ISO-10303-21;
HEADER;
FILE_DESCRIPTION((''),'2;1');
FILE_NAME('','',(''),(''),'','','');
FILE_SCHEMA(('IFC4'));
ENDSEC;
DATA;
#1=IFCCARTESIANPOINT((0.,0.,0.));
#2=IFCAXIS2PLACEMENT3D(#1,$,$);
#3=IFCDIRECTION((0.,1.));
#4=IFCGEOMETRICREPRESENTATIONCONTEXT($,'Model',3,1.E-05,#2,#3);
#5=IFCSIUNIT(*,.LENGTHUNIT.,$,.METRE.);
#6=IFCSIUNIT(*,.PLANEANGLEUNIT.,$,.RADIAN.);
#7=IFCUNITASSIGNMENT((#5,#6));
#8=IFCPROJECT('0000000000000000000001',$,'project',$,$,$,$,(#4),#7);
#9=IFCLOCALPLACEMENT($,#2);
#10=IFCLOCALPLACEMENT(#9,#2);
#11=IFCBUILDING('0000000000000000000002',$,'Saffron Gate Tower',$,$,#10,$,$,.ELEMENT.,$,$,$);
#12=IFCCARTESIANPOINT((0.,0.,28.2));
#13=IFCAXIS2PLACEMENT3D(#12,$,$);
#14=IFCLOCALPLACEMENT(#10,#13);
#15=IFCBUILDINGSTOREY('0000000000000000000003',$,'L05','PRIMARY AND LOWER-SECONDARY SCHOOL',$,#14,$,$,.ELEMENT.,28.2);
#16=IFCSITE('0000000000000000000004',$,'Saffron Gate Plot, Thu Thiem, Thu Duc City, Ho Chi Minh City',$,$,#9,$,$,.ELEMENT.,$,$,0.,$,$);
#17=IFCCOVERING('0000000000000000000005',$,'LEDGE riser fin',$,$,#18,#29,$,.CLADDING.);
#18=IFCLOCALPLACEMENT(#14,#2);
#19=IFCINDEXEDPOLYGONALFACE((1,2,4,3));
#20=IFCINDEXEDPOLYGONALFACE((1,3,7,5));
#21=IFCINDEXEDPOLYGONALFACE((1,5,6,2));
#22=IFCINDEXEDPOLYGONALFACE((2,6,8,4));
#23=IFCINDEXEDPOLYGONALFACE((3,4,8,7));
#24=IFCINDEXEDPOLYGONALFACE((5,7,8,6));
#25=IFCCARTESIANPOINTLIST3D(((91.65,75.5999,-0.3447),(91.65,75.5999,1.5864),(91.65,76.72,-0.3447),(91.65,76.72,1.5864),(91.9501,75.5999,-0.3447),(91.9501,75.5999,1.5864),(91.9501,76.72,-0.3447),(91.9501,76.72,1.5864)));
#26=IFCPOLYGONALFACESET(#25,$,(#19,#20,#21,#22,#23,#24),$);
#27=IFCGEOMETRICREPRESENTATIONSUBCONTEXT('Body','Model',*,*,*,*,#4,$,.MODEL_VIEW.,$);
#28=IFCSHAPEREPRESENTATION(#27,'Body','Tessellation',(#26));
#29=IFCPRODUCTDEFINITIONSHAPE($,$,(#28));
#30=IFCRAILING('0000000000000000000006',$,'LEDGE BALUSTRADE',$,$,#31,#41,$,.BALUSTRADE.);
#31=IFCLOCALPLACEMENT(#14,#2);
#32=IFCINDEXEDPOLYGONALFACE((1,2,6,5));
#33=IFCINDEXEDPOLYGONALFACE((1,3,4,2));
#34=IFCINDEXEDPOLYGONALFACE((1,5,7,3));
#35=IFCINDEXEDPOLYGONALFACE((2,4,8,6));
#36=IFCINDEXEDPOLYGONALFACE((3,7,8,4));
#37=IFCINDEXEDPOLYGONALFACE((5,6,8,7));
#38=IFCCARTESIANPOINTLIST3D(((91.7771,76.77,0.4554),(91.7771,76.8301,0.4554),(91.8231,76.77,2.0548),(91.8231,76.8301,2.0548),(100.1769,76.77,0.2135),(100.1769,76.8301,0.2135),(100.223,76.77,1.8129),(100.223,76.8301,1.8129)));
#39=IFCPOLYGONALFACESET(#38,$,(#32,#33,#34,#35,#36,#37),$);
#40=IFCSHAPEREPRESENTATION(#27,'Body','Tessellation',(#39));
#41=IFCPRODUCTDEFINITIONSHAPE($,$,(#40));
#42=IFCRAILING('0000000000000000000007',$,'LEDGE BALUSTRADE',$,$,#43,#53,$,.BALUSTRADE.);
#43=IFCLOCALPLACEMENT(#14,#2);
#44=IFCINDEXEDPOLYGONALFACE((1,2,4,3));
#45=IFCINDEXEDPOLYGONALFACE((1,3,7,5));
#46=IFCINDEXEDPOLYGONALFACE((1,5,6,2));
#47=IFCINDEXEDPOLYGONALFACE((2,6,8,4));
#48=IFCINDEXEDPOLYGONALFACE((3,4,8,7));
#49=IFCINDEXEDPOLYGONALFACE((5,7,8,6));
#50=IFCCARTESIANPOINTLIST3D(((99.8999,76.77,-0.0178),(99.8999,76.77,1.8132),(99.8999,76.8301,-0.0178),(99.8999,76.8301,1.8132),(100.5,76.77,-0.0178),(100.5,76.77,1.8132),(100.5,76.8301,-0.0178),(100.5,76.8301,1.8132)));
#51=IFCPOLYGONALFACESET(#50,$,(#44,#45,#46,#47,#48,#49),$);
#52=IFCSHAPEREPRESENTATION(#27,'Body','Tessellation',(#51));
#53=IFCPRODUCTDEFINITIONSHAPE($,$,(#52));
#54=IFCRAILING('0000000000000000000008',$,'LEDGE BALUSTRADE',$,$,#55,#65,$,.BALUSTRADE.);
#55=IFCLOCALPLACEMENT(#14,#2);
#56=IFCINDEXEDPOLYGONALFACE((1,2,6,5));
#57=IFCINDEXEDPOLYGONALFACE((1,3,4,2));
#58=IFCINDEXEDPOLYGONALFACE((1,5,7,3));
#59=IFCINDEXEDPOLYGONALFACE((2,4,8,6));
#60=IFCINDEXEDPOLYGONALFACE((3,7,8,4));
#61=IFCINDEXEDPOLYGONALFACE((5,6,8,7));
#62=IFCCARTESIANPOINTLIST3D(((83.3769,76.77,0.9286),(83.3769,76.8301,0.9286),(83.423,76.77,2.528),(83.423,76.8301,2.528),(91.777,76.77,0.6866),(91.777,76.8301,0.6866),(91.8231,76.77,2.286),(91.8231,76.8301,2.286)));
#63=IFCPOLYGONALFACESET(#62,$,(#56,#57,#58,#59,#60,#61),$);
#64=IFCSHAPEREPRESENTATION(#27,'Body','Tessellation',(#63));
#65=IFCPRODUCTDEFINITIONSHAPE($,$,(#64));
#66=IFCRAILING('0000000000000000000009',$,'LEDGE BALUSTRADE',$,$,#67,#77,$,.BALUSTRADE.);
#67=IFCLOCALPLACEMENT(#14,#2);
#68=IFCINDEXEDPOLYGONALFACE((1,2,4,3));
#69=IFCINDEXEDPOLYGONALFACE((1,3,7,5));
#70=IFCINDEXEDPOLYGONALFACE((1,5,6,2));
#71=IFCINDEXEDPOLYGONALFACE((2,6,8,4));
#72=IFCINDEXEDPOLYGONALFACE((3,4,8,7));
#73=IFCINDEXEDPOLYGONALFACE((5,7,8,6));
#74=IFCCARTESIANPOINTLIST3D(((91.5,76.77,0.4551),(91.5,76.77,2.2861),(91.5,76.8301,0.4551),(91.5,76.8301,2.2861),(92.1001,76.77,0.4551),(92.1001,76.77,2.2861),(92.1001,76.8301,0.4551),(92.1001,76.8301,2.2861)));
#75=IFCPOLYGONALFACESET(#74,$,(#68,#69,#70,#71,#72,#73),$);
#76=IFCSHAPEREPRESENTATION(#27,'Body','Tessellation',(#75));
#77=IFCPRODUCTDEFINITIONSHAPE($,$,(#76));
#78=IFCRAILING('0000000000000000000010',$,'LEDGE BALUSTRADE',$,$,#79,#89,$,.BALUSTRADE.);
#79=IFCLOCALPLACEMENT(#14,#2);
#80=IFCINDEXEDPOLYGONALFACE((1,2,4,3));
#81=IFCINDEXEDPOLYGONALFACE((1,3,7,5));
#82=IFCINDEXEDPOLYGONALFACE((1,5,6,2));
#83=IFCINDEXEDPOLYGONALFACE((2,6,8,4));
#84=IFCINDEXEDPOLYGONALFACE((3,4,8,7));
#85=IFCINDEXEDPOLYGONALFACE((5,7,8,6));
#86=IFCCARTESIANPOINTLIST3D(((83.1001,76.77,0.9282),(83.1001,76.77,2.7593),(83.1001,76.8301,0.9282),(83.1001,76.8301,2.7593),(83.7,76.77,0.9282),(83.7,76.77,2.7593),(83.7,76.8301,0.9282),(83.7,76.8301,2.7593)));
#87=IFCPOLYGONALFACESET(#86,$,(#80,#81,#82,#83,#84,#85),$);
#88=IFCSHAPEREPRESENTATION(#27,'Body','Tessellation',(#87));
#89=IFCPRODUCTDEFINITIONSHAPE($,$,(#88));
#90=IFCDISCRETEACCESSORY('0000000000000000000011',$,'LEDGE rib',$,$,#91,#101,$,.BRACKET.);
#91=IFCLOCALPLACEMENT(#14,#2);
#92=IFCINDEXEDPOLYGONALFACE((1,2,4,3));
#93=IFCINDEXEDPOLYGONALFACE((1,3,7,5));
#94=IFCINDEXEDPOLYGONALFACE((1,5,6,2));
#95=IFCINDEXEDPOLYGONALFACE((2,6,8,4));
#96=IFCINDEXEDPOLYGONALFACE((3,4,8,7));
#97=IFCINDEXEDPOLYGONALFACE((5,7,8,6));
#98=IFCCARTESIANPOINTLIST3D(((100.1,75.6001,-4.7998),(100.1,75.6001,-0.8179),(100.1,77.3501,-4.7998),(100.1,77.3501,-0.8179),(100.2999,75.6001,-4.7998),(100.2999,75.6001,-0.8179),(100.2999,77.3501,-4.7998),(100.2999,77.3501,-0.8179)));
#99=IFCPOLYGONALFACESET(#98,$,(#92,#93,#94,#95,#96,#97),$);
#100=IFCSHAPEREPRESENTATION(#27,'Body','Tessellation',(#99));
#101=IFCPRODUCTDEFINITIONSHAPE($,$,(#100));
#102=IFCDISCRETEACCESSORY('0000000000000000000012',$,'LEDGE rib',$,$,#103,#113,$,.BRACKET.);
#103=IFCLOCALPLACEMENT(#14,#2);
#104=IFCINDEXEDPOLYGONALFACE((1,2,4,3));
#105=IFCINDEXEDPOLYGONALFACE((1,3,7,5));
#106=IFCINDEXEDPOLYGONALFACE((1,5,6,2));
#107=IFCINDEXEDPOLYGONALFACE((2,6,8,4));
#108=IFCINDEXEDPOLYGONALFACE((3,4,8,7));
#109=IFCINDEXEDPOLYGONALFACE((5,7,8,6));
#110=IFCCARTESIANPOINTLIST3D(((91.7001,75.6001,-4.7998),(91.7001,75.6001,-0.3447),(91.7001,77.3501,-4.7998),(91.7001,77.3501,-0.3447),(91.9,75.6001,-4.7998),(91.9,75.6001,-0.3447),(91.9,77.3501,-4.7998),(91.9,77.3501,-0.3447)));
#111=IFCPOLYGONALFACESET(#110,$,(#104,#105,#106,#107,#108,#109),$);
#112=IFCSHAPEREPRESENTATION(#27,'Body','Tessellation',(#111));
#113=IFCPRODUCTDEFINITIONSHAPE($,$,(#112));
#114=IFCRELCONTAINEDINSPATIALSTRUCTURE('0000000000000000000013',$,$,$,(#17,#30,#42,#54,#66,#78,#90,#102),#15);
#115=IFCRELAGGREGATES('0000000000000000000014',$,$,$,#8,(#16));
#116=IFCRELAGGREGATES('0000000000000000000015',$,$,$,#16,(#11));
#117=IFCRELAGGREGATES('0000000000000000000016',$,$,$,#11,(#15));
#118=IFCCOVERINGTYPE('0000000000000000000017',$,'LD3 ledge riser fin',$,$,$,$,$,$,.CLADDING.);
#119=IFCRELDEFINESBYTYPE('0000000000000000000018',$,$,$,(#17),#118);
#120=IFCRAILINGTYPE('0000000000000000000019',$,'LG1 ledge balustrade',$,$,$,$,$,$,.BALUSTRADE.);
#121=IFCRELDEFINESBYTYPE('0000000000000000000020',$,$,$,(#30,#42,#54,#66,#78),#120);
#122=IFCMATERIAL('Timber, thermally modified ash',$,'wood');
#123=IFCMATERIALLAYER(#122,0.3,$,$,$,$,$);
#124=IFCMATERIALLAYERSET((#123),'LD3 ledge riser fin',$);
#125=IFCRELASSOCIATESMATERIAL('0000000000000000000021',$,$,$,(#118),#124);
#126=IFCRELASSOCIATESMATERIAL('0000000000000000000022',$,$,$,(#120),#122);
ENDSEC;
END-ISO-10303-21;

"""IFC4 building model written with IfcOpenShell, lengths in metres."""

from ifc_helpers import new_model, si_unit, direction, frame, origin, origin_2d, place, context, subcontext, project, spatial, rectangle, extrude, material, layer, layer_set, type_object, element, save


model = new_model("IFC4")

# Units and contexts
model_context = context("Model", 3, precision=1e-05, world=origin(), true_north=direction((0.0, 1.0)))
body_context = subcontext(model_context, "Body", "Model", "MODEL_VIEW")
ifc_project = project(units=[si_unit("LENGTHUNIT", "METRE"), si_unit("PLANEANGLEUNIT", "RADIAN")], contexts=[model_context])

# Site, building, storey
site_placement = place(None, origin())
site = spatial("IfcSite", under=ifc_project, at=site_placement, Name="Saffron Gate Plot, Thu Thiem, Thu Duc City, Ho Chi Minh City", CompositionType="ELEMENT", RefElevation=0.0)
building_placement = place(site_placement, origin())
building = spatial("IfcBuilding", under=site, at=building_placement, Name="Saffron Gate Tower", CompositionType="ELEMENT")
storey_placement = place(building_placement, frame((0.0, 0.0, 28.2)))
storey = spatial("IfcBuildingStorey", under=building, at=storey_placement, Name="L05", Description="PRIMARY AND LOWER-SECONDARY SCHOOL", CompositionType="ELEMENT", Elevation=28.2)

# Covering
ifc_material_1 = material(Name="Timber, thermally modified ash", Category="wood")
ifc_layer_1 = layer(ifc_material_1, 0.3)
ifc_layer_set_1 = layer_set([ifc_layer_1], Name="LD3 ledge riser fin")
covering_type_1 = type_object("IfcCoveringType", Name="LD3 ledge riser fin", PredefinedType="CLADDING", material=ifc_layer_set_1)
for number, where, z_axis, x_axis, name in (
    (1, (91.8, 76.1599, -0.3447), (0.0, 0.0, 1.0), (-1.0, 0.0, 0.0), "LEDGE riser fin"),
):
    element("IfcCovering", number, at=place(storey_placement, frame(where, z_axis=z_axis, x_axis=x_axis)), inside=storey, type_object=covering_type_1, Name=name, PredefinedType="CLADDING", context=body_context, shape_type="SweptSolid", body=[
        extrude(rectangle(XDim=0.3, YDim=1.1201, at=origin_2d()), origin(), (0.0, 0.0, 1.0), 1.9312),
    ])

# Railings
railing_type_1 = type_object("IfcRailingType", Name="LG1 ledge balustrade", PredefinedType="BALUSTRADE", material=ifc_material_1)
railing_1_placement = place(storey_placement, frame((100.2, 76.8, 0.2131)))
element("IfcRailing", 2, at=railing_1_placement, inside=storey, type_object=railing_type_1, Name="LEDGE BALUSTRADE", PredefinedType="BALUSTRADE", context=body_context, shape_type="SweptSolid", body=[
    extrude(rectangle(XDim=0.0601, YDim=1.6001, at=origin_2d()), frame((0.0, 0.0, 0.8), z_axis=(-0.999585, 0.0, 0.028791), x_axis=(0.0, -1.0, 0.0)), (0.0, 0.0, 1.0), 8.4033),
])
railing_2_placement = place(storey_placement, frame((100.5, 76.8, -0.0178)))
element("IfcRailing", 3, at=railing_2_placement, inside=storey, type_object=railing_type_1, Name="LEDGE BALUSTRADE", PredefinedType="BALUSTRADE", context=body_context, shape_type="SweptSolid", body=[
    extrude(rectangle(XDim=0.0601, YDim=1.8311, at=origin_2d()), frame((0.0, 0.0, 0.9155), z_axis=(-1.0, 0.0, 0.0), x_axis=(0.0, -1.0, 0.0)), (0.0, 0.0, 1.0), 0.6001),
])
railing_3_placement = place(storey_placement, frame((91.8, 76.8, 0.6863)))
element("IfcRailing", 4, at=railing_3_placement, inside=storey, type_object=railing_type_1, Name="LEDGE BALUSTRADE", PredefinedType="BALUSTRADE", context=body_context, shape_type="SweptSolid", body=[
    extrude(rectangle(XDim=0.0601, YDim=1.6001, at=origin_2d()), frame((0.0, 0.0, 0.8), z_axis=(-0.999585, 0.0, 0.02879), x_axis=(0.0, -1.0, 0.0)), (0.0, 0.0, 1.0), 8.4036),
])
railing_4_placement = place(storey_placement, frame((92.1001, 76.8, 0.4551)))
element("IfcRailing", 5, at=railing_4_placement, inside=storey, type_object=railing_type_1, Name="LEDGE BALUSTRADE", PredefinedType="BALUSTRADE", context=body_context, shape_type="SweptSolid", body=[
    extrude(rectangle(XDim=0.0601, YDim=1.8311, at=origin_2d()), frame((0.0, 0.0, 0.9155), z_axis=(-1.0, 0.0, 0.0), x_axis=(0.0, -1.0, 0.0)), (0.0, 0.0, 1.0), 0.6001),
])
railing_5_placement = place(storey_placement, frame((83.7, 76.8, 0.9282)))
element("IfcRailing", 6, at=railing_5_placement, inside=storey, type_object=railing_type_1, Name="LEDGE BALUSTRADE", PredefinedType="BALUSTRADE", context=body_context, shape_type="SweptSolid", body=[
    extrude(rectangle(XDim=0.0601, YDim=1.8311, at=origin_2d()), frame((0.0, 0.0, 0.9155), z_axis=(-1.0, 0.0, 0.0), x_axis=(0.0, -1.0, 0.0)), (0.0, 0.0, 1.0), 0.5999),
])

# Discrete accessories
discrete_accessory_1_placement = place(storey_placement, frame((100.2, 76.4751, -4.7998), z_axis=(0.0, 0.0, 1.0), x_axis=(-1.0, 0.0, 0.0)))
element("IfcDiscreteAccessory", 7, at=discrete_accessory_1_placement, inside=storey, Name="LEDGE rib", PredefinedType="BRACKET", context=body_context, shape_type="SweptSolid", body=[
    extrude(rectangle(XDim=0.2, YDim=1.75, at=origin_2d()), origin(), (0.0, 0.0, 1.0), 3.9819),
])
discrete_accessory_2_placement = place(storey_placement, frame((91.8, 76.4751, -4.7998), z_axis=(0.0, 0.0, 1.0), x_axis=(-1.0, 0.0, 0.0)))
element("IfcDiscreteAccessory", 8, at=discrete_accessory_2_placement, inside=storey, Name="LEDGE rib", PredefinedType="BRACKET", context=body_context, shape_type="SweptSolid", body=[
    extrude(rectangle(XDim=0.2, YDim=1.75, at=origin_2d()), origin(), (0.0, 0.0, 1.0), 4.4551),
])

save(model, "model.ifc")
